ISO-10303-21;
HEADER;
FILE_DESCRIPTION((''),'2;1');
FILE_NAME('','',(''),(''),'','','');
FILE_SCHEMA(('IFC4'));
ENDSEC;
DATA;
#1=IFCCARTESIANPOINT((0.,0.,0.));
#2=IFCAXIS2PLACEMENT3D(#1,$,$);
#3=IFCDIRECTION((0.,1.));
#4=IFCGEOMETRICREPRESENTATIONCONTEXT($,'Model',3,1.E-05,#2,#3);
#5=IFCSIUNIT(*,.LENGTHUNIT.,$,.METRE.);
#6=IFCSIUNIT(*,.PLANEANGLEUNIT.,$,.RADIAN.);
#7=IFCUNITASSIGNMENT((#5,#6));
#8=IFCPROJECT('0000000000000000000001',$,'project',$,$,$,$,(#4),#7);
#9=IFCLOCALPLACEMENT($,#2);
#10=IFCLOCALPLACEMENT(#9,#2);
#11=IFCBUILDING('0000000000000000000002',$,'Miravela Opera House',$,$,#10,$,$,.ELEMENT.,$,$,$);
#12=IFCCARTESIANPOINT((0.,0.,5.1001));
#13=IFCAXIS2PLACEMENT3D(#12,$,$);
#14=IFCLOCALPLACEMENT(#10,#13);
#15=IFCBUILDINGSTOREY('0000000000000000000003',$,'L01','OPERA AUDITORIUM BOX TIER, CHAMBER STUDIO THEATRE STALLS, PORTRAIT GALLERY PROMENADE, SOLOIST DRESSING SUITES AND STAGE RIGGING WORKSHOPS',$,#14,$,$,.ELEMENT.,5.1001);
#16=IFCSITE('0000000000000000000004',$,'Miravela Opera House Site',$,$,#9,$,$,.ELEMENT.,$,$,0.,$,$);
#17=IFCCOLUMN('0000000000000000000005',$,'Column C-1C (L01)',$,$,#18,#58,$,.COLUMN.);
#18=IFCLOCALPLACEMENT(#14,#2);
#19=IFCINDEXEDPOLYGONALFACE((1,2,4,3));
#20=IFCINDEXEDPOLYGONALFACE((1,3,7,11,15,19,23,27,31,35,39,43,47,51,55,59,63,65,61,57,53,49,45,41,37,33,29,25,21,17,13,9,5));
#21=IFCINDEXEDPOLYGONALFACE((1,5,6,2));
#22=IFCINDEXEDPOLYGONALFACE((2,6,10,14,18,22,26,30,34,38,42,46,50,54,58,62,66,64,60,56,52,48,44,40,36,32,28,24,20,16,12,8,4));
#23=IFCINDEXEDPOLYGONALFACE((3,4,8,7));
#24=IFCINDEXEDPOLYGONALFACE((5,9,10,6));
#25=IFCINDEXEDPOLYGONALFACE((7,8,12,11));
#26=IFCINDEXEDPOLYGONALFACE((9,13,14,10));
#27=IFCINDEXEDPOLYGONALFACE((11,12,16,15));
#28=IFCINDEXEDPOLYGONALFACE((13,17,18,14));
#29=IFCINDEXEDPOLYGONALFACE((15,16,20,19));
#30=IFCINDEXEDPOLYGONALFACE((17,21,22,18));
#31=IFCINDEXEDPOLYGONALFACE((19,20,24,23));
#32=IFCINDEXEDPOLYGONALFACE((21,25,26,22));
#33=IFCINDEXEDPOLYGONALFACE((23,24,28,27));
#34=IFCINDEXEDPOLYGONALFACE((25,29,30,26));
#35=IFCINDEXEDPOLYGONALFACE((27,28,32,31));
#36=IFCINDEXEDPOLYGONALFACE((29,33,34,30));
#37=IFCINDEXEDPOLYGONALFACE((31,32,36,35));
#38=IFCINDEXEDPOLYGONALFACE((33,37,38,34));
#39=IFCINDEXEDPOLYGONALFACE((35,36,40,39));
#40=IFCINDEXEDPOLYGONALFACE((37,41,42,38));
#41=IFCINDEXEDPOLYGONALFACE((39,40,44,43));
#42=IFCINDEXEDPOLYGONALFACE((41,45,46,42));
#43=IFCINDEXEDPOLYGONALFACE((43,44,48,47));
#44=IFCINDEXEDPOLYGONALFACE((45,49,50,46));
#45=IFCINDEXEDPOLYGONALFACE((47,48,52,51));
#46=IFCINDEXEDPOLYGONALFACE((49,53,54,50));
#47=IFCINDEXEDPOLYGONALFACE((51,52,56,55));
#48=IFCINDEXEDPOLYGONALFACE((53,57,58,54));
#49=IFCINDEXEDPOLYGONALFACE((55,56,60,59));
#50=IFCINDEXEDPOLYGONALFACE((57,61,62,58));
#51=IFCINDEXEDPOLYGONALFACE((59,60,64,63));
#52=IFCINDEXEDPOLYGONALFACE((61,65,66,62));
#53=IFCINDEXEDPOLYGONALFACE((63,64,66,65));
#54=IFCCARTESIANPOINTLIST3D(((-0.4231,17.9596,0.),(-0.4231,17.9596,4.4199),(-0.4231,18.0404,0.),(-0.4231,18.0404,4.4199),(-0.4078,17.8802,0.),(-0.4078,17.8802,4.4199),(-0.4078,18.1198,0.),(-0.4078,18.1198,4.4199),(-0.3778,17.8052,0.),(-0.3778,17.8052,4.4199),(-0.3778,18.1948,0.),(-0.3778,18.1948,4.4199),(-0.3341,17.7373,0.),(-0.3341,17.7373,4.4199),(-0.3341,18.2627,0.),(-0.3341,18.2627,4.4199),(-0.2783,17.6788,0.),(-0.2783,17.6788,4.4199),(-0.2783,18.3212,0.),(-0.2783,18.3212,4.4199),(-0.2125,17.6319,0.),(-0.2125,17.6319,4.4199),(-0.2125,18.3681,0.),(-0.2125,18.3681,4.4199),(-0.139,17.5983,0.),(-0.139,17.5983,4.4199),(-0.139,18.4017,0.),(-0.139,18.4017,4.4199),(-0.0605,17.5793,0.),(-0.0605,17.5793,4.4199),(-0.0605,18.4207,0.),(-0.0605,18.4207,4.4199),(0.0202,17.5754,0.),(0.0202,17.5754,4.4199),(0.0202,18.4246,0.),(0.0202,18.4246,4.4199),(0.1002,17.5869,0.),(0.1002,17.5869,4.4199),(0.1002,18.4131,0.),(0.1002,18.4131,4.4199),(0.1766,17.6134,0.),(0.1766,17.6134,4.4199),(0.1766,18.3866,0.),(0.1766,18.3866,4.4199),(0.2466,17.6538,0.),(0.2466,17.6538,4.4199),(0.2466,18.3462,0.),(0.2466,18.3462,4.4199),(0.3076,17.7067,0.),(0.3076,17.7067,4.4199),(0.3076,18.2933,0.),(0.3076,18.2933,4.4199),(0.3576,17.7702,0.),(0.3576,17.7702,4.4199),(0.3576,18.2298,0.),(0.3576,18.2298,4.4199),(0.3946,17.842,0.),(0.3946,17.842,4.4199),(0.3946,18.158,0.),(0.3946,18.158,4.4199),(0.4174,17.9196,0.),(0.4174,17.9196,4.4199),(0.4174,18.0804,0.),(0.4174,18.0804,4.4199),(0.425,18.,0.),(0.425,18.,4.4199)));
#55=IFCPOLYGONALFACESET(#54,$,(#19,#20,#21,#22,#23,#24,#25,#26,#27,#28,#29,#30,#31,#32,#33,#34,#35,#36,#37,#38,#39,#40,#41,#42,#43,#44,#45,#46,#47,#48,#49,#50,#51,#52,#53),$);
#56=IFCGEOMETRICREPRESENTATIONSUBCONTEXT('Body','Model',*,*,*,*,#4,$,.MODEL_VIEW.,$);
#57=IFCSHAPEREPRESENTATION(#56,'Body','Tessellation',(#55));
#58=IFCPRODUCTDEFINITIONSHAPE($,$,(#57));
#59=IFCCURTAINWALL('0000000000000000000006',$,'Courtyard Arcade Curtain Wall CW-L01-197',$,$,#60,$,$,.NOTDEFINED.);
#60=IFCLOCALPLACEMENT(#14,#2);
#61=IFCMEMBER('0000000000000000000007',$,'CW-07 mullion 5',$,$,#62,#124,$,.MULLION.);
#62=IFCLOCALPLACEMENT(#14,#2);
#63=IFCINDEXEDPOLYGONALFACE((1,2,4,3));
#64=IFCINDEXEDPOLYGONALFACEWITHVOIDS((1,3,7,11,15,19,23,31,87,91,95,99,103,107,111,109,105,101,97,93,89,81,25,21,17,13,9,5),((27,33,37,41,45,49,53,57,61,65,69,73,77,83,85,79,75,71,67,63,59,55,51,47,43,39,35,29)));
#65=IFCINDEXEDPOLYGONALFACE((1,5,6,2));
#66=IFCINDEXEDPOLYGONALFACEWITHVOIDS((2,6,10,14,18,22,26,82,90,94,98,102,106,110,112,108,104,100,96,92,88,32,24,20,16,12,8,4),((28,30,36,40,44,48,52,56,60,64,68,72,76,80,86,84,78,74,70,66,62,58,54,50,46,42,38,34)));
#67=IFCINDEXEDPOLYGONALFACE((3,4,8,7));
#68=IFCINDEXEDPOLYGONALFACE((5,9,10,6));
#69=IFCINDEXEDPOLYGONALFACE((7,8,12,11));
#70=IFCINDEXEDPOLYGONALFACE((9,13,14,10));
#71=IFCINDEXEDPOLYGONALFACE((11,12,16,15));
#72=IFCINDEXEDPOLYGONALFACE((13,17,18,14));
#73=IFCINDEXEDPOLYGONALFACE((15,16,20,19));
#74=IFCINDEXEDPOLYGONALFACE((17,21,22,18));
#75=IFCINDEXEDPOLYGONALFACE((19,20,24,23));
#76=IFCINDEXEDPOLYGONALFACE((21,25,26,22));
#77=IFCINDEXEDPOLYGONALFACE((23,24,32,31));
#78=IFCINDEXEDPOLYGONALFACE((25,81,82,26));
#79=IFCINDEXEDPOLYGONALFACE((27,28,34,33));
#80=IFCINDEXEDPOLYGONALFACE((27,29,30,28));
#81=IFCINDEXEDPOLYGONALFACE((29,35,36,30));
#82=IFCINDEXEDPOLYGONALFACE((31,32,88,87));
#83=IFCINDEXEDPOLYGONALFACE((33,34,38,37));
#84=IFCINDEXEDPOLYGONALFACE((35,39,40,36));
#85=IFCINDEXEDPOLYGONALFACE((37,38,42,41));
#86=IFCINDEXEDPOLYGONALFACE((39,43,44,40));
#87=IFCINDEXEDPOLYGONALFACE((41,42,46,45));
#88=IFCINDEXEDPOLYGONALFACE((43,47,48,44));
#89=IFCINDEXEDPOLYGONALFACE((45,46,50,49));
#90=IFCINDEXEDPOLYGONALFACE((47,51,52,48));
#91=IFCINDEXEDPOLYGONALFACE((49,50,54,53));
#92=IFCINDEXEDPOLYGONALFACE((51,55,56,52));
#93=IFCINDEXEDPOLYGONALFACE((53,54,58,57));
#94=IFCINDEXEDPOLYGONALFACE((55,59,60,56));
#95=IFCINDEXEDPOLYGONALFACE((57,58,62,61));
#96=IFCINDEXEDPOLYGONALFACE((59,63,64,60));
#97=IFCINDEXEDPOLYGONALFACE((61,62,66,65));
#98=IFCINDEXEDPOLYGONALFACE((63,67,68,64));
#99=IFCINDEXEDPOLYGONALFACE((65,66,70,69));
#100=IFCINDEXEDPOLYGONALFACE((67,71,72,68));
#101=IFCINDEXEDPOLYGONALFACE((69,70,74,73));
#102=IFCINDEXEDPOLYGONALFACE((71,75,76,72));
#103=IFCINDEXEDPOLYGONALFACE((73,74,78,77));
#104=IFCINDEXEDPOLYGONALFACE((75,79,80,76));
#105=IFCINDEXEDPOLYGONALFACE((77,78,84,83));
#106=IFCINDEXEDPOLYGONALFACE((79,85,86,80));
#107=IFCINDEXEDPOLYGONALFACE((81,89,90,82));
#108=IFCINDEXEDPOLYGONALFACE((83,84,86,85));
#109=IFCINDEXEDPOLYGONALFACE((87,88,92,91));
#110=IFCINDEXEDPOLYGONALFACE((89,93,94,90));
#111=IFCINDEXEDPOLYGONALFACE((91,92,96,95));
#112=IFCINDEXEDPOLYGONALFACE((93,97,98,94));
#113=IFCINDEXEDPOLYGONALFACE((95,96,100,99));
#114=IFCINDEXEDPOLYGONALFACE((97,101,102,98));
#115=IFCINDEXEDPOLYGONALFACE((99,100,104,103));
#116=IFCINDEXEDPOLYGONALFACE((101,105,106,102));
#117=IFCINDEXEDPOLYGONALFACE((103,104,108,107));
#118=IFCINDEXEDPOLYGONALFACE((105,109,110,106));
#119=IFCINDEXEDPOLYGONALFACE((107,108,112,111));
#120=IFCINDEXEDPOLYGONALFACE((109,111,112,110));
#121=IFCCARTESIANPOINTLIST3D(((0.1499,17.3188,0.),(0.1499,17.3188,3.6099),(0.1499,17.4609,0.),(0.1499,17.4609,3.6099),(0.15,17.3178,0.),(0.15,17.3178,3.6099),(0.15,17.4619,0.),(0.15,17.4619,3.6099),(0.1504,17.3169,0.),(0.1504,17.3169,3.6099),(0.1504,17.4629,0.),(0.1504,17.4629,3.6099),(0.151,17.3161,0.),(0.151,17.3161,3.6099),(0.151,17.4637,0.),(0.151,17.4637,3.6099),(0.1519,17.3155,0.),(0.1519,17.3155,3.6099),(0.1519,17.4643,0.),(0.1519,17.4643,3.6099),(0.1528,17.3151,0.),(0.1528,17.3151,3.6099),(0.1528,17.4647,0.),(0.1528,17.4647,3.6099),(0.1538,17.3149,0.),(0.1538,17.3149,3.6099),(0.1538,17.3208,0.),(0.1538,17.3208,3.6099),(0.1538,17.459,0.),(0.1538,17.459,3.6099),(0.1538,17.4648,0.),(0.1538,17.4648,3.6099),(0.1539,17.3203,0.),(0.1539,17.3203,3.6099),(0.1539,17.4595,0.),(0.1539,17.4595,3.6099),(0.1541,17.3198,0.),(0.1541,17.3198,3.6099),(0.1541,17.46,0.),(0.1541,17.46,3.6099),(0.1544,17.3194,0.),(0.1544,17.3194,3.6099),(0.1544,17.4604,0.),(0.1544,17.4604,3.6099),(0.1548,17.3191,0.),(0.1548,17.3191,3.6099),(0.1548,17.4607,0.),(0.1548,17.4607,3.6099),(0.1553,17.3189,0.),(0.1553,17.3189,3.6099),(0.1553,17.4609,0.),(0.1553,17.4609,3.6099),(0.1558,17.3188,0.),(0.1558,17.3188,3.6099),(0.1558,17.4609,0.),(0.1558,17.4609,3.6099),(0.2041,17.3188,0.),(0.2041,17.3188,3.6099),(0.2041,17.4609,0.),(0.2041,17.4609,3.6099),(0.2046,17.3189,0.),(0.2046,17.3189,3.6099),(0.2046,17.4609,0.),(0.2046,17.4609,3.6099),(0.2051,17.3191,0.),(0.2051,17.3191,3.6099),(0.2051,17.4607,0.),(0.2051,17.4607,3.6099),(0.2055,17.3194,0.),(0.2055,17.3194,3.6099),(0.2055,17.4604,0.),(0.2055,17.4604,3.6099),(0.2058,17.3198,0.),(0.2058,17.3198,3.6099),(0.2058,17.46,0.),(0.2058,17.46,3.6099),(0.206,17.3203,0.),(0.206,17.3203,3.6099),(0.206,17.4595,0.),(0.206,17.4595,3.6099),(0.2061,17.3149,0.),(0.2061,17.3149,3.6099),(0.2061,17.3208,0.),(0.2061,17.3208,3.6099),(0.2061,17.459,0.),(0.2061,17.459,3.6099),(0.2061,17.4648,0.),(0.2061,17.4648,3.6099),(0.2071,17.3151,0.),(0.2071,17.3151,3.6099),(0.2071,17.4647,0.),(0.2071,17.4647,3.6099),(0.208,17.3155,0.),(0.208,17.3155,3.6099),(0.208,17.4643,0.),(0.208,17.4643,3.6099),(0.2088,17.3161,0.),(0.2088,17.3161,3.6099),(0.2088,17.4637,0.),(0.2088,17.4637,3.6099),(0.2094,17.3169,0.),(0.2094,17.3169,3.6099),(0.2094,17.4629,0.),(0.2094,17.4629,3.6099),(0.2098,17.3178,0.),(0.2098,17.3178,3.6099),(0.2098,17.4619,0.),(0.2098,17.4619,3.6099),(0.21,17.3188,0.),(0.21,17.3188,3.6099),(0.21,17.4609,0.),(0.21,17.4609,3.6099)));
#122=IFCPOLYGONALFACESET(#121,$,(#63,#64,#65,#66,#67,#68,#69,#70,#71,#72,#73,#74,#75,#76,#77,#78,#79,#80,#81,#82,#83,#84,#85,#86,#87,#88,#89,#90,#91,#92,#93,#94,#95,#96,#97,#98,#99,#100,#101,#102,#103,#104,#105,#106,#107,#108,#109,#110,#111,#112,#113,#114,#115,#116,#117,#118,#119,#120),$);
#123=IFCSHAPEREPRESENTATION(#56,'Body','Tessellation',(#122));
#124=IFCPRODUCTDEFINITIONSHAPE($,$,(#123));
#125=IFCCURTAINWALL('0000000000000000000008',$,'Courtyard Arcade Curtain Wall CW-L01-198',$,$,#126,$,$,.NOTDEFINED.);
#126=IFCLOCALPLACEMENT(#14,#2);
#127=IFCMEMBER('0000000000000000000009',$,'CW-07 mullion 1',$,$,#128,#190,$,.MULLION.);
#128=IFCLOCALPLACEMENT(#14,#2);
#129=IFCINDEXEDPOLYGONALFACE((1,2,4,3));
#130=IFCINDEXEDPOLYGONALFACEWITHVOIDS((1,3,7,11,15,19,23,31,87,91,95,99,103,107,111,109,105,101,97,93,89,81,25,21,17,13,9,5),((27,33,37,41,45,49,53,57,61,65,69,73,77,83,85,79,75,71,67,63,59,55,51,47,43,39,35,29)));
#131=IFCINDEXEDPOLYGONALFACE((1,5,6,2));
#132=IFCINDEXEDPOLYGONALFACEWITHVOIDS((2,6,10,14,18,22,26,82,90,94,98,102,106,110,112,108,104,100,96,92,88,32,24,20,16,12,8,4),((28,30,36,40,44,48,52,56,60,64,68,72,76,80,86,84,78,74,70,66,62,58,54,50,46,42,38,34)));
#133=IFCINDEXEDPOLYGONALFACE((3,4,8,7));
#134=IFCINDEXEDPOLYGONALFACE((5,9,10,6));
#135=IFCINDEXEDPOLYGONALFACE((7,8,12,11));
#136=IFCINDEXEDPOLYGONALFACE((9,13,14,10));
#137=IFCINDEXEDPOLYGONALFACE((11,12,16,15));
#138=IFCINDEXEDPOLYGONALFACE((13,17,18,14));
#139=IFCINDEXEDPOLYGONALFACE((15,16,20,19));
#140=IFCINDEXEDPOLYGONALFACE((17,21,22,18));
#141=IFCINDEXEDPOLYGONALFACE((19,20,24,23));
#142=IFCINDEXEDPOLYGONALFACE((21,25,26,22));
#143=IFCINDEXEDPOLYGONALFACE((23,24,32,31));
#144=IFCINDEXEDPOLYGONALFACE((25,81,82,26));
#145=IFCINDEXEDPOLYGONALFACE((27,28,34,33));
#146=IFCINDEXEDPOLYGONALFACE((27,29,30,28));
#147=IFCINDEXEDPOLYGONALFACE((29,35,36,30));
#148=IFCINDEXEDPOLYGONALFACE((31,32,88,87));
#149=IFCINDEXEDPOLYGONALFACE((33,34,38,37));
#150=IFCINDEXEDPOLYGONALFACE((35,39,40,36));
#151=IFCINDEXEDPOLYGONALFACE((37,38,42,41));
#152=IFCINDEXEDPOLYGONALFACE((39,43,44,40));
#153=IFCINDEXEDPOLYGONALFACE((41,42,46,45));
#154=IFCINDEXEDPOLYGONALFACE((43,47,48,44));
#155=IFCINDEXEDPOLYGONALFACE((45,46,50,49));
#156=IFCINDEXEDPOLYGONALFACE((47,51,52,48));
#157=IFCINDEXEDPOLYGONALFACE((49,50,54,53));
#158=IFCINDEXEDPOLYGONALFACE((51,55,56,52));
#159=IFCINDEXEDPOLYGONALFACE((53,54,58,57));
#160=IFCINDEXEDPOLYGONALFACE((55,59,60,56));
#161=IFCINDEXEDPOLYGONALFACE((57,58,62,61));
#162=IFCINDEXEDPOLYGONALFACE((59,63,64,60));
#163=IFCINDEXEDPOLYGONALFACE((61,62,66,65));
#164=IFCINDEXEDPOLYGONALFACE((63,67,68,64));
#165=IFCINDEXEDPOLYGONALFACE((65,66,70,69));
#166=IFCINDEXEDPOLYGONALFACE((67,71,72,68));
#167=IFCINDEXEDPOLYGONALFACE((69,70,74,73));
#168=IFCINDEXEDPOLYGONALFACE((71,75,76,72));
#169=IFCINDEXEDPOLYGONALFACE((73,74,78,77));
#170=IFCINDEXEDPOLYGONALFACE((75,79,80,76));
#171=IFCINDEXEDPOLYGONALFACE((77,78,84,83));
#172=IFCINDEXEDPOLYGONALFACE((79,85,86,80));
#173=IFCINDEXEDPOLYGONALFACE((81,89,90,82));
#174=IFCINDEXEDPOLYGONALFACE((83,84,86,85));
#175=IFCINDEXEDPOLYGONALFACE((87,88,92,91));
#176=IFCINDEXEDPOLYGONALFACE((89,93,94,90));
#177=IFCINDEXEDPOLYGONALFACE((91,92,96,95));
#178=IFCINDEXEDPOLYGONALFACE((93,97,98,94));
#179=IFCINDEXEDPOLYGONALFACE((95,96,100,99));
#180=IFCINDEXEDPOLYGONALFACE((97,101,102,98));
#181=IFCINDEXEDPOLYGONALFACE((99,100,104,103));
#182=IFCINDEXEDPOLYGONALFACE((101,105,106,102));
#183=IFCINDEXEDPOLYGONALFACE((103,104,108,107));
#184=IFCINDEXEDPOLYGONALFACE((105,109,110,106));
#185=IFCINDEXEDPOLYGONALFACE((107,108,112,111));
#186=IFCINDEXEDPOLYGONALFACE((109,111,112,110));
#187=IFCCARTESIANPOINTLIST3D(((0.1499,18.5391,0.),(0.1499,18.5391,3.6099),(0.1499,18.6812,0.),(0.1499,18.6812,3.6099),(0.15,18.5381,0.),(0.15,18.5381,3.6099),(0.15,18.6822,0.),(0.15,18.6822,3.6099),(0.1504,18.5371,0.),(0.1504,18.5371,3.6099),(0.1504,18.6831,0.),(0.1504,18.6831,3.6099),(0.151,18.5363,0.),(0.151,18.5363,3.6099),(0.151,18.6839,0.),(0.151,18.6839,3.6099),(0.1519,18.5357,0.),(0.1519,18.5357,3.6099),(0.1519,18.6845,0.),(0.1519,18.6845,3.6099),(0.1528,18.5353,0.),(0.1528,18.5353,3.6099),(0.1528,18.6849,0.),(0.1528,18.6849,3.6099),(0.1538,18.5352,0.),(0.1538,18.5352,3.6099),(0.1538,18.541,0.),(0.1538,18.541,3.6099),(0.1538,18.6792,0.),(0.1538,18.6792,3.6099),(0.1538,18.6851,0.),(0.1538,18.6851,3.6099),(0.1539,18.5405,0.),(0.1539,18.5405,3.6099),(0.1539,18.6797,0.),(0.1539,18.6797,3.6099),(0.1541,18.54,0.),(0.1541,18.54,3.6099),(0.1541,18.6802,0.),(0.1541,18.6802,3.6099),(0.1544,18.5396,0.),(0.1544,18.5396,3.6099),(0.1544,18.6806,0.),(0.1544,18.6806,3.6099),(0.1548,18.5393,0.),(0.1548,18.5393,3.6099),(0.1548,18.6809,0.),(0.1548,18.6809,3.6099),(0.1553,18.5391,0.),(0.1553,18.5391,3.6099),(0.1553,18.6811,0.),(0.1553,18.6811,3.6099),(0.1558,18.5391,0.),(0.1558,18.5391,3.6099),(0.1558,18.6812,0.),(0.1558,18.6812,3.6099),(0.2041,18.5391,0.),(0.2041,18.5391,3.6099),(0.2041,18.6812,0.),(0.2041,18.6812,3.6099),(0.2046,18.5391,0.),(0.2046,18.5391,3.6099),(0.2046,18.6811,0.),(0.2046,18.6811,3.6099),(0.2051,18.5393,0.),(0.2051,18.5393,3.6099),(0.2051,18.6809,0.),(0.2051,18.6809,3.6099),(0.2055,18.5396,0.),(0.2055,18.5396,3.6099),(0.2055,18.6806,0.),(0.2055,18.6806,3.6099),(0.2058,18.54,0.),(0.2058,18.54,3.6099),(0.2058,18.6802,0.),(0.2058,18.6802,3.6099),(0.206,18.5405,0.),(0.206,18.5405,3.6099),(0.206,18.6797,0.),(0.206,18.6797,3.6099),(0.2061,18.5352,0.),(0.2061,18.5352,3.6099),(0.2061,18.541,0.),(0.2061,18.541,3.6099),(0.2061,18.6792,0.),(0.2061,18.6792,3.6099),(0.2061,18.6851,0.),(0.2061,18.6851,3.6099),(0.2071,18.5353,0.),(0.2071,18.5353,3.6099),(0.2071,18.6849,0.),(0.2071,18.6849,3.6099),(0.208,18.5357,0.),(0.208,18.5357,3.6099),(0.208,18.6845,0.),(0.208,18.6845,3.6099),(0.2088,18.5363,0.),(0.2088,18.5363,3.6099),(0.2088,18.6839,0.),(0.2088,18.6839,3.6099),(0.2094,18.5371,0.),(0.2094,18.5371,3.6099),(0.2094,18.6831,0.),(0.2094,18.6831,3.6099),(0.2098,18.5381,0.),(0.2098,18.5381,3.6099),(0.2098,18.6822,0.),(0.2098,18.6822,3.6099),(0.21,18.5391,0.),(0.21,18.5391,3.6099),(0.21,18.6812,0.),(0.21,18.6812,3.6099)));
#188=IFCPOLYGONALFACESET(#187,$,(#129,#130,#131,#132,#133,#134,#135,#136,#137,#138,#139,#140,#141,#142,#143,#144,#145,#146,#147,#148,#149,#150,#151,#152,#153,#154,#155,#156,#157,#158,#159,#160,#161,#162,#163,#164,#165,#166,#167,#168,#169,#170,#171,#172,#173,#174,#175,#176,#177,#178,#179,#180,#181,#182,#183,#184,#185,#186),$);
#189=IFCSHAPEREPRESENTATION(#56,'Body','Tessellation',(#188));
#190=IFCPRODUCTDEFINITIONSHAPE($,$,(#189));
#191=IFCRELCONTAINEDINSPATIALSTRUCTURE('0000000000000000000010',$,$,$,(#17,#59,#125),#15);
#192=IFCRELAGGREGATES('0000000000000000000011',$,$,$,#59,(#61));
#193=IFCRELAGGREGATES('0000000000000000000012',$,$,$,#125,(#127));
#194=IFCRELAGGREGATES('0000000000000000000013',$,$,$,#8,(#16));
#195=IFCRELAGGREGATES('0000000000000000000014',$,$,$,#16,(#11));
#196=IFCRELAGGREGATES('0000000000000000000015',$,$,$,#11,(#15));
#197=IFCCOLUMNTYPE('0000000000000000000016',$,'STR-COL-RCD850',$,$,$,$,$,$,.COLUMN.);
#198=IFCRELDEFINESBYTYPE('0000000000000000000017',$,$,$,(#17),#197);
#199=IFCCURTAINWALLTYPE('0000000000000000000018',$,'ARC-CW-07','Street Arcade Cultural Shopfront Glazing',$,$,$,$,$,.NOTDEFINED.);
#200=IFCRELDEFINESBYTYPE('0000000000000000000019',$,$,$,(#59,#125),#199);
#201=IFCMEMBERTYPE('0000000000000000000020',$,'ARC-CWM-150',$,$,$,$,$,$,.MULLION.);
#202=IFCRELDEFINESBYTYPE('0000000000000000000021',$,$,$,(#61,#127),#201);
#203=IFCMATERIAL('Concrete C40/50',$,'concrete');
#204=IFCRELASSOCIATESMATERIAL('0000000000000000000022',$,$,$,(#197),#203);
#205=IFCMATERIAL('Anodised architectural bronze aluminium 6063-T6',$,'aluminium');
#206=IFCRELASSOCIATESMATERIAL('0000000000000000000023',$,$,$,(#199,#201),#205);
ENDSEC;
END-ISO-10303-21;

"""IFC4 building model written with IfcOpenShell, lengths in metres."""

from ifc_helpers import new_model, si_unit, direction, frame, origin, origin_2d, place, context, subcontext, project, spatial, hollow_rectangle, circle, extrude, material, material_profile, profile_set, type_object, element, aggregate, save


model = new_model("IFC4")

# Units and contexts
model_context = context("Model", 3, precision=1e-05, world=origin(), true_north=direction((0.0, 1.0)))
body_context = subcontext(model_context, "Body", "Model", "MODEL_VIEW")
ifc_project = project(units=[si_unit("LENGTHUNIT", "METRE"), si_unit("PLANEANGLEUNIT", "RADIAN")], contexts=[model_context])

# Site, building, storey
site_placement = place(None, origin())
site = spatial("IfcSite", under=ifc_project, at=site_placement, Name="Miravela Opera House Site", CompositionType="ELEMENT", RefElevation=0.0)
building_placement = place(site_placement, origin())
building = spatial("IfcBuilding", under=site, at=building_placement, Name="Miravela Opera House", CompositionType="ELEMENT")
storey_placement = place(building_placement, frame((0.0, 0.0, 5.1001)))
storey = spatial("IfcBuildingStorey", under=building, at=storey_placement, Name="L01", Description="OPERA AUDITORIUM BOX TIER, CHAMBER STUDIO THEATRE STALLS, PORTRAIT GALLERY PROMENADE, SOLOIST DRESSING SUITES AND STAGE RIGGING WORKSHOPS", CompositionType="ELEMENT", Elevation=5.1001)

# Column
ifc_material_1 = material(Name="Concrete C40/50", Category="concrete")
ifc_material_profile_1 = material_profile(ifc_material_1, circle(Radius=0.425, at=origin_2d()), Name="RC-COL-D850")
ifc_profile_set_1 = profile_set([ifc_material_profile_1])
column_type = type_object("IfcColumnType", Name="STR-COL-RCD850", PredefinedType="COLUMN", material=ifc_profile_set_1)
column_placement = place(storey_placement, frame((0.0, 18.0, 0.0), z_axis=(0.0, 0.0, 1.0), x_axis=(1.0, 0.0, 0.0)))
element("IfcColumn", 1, at=column_placement, inside=storey, type_object=column_type, Name="Column C-1C (L01)", PredefinedType="COLUMN", context=body_context, shape_type="SweptSolid", body=[
    extrude(circle(Radius=0.425, at=origin_2d()), origin(), (0.0, 0.0, 1.0), 4.4199),
])

# Curtain wall, member
ifc_material_2 = material(Name="Anodised architectural bronze aluminium 6063-T6", Category="aluminium")
curtain_wall_type = type_object("IfcCurtainWallType", Name="ARC-CW-07", Description="Street Arcade Cultural Shopfront Glazing", PredefinedType="NOTDEFINED", material=ifc_material_2)
curtain_wall_1_placement = place(storey_placement, origin())
curtain_wall_1 = element("IfcCurtainWall", 2, at=curtain_wall_1_placement, inside=storey, type_object=curtain_wall_type, Name="Courtyard Arcade Curtain Wall CW-L01-197", PredefinedType="NOTDEFINED")
ifc_material_profile_2 = material_profile(ifc_material_2, hollow_rectangle(XDim=0.0601, YDim=0.1499, WallThickness=0.0039, InnerFilletRadius=0.002, OuterFilletRadius=0.0039, at=origin_2d()), Name="CWM-60X150")
ifc_profile_set_2 = profile_set([ifc_material_profile_2])
member_type_1 = type_object("IfcMemberType", Name="ARC-CWM-150", PredefinedType="MULLION", material=ifc_profile_set_2)
member_1_placement = place(storey_placement, frame((0.1799, 17.3899, 0.0), z_axis=(0.0, 0.0, 1.0), x_axis=(-1.0, 0.0, 0.0)))
member_1 = element("IfcMember", 3, at=member_1_placement, type_object=member_type_1, Name="CW-07 mullion 5", PredefinedType="MULLION", context=body_context, shape_type="SweptSolid", body=[
    extrude(hollow_rectangle(XDim=0.0601, YDim=0.1499, WallThickness=0.0039, InnerFilletRadius=0.002, OuterFilletRadius=0.0039, at=origin_2d()), origin(), (0.0, 0.0, 1.0), 3.6099),
])

# Curtain wall, member
curtain_wall_2_placement = place(storey_placement, origin())
curtain_wall_2 = element("IfcCurtainWall", 4, at=curtain_wall_2_placement, inside=storey, type_object=curtain_wall_type, Name="Courtyard Arcade Curtain Wall CW-L01-198", PredefinedType="NOTDEFINED")
member_2_placement = place(storey_placement, frame((0.1799, 18.6101, 0.0), z_axis=(0.0, 0.0, 1.0), x_axis=(-1.0, 0.0, 0.0)))
member_2 = element("IfcMember", 5, at=member_2_placement, type_object=member_type_1, Name="CW-07 mullion 1", PredefinedType="MULLION", context=body_context, shape_type="SweptSolid", body=[
    extrude(hollow_rectangle(XDim=0.0601, YDim=0.1499, WallThickness=0.0039, InnerFilletRadius=0.002, OuterFilletRadius=0.0039, at=origin_2d()), origin(), (0.0, 0.0, 1.0), 3.6099),
])

aggregate(curtain_wall_1, [member_1])
aggregate(curtain_wall_2, [member_2])

save(model, "model.ifc")
